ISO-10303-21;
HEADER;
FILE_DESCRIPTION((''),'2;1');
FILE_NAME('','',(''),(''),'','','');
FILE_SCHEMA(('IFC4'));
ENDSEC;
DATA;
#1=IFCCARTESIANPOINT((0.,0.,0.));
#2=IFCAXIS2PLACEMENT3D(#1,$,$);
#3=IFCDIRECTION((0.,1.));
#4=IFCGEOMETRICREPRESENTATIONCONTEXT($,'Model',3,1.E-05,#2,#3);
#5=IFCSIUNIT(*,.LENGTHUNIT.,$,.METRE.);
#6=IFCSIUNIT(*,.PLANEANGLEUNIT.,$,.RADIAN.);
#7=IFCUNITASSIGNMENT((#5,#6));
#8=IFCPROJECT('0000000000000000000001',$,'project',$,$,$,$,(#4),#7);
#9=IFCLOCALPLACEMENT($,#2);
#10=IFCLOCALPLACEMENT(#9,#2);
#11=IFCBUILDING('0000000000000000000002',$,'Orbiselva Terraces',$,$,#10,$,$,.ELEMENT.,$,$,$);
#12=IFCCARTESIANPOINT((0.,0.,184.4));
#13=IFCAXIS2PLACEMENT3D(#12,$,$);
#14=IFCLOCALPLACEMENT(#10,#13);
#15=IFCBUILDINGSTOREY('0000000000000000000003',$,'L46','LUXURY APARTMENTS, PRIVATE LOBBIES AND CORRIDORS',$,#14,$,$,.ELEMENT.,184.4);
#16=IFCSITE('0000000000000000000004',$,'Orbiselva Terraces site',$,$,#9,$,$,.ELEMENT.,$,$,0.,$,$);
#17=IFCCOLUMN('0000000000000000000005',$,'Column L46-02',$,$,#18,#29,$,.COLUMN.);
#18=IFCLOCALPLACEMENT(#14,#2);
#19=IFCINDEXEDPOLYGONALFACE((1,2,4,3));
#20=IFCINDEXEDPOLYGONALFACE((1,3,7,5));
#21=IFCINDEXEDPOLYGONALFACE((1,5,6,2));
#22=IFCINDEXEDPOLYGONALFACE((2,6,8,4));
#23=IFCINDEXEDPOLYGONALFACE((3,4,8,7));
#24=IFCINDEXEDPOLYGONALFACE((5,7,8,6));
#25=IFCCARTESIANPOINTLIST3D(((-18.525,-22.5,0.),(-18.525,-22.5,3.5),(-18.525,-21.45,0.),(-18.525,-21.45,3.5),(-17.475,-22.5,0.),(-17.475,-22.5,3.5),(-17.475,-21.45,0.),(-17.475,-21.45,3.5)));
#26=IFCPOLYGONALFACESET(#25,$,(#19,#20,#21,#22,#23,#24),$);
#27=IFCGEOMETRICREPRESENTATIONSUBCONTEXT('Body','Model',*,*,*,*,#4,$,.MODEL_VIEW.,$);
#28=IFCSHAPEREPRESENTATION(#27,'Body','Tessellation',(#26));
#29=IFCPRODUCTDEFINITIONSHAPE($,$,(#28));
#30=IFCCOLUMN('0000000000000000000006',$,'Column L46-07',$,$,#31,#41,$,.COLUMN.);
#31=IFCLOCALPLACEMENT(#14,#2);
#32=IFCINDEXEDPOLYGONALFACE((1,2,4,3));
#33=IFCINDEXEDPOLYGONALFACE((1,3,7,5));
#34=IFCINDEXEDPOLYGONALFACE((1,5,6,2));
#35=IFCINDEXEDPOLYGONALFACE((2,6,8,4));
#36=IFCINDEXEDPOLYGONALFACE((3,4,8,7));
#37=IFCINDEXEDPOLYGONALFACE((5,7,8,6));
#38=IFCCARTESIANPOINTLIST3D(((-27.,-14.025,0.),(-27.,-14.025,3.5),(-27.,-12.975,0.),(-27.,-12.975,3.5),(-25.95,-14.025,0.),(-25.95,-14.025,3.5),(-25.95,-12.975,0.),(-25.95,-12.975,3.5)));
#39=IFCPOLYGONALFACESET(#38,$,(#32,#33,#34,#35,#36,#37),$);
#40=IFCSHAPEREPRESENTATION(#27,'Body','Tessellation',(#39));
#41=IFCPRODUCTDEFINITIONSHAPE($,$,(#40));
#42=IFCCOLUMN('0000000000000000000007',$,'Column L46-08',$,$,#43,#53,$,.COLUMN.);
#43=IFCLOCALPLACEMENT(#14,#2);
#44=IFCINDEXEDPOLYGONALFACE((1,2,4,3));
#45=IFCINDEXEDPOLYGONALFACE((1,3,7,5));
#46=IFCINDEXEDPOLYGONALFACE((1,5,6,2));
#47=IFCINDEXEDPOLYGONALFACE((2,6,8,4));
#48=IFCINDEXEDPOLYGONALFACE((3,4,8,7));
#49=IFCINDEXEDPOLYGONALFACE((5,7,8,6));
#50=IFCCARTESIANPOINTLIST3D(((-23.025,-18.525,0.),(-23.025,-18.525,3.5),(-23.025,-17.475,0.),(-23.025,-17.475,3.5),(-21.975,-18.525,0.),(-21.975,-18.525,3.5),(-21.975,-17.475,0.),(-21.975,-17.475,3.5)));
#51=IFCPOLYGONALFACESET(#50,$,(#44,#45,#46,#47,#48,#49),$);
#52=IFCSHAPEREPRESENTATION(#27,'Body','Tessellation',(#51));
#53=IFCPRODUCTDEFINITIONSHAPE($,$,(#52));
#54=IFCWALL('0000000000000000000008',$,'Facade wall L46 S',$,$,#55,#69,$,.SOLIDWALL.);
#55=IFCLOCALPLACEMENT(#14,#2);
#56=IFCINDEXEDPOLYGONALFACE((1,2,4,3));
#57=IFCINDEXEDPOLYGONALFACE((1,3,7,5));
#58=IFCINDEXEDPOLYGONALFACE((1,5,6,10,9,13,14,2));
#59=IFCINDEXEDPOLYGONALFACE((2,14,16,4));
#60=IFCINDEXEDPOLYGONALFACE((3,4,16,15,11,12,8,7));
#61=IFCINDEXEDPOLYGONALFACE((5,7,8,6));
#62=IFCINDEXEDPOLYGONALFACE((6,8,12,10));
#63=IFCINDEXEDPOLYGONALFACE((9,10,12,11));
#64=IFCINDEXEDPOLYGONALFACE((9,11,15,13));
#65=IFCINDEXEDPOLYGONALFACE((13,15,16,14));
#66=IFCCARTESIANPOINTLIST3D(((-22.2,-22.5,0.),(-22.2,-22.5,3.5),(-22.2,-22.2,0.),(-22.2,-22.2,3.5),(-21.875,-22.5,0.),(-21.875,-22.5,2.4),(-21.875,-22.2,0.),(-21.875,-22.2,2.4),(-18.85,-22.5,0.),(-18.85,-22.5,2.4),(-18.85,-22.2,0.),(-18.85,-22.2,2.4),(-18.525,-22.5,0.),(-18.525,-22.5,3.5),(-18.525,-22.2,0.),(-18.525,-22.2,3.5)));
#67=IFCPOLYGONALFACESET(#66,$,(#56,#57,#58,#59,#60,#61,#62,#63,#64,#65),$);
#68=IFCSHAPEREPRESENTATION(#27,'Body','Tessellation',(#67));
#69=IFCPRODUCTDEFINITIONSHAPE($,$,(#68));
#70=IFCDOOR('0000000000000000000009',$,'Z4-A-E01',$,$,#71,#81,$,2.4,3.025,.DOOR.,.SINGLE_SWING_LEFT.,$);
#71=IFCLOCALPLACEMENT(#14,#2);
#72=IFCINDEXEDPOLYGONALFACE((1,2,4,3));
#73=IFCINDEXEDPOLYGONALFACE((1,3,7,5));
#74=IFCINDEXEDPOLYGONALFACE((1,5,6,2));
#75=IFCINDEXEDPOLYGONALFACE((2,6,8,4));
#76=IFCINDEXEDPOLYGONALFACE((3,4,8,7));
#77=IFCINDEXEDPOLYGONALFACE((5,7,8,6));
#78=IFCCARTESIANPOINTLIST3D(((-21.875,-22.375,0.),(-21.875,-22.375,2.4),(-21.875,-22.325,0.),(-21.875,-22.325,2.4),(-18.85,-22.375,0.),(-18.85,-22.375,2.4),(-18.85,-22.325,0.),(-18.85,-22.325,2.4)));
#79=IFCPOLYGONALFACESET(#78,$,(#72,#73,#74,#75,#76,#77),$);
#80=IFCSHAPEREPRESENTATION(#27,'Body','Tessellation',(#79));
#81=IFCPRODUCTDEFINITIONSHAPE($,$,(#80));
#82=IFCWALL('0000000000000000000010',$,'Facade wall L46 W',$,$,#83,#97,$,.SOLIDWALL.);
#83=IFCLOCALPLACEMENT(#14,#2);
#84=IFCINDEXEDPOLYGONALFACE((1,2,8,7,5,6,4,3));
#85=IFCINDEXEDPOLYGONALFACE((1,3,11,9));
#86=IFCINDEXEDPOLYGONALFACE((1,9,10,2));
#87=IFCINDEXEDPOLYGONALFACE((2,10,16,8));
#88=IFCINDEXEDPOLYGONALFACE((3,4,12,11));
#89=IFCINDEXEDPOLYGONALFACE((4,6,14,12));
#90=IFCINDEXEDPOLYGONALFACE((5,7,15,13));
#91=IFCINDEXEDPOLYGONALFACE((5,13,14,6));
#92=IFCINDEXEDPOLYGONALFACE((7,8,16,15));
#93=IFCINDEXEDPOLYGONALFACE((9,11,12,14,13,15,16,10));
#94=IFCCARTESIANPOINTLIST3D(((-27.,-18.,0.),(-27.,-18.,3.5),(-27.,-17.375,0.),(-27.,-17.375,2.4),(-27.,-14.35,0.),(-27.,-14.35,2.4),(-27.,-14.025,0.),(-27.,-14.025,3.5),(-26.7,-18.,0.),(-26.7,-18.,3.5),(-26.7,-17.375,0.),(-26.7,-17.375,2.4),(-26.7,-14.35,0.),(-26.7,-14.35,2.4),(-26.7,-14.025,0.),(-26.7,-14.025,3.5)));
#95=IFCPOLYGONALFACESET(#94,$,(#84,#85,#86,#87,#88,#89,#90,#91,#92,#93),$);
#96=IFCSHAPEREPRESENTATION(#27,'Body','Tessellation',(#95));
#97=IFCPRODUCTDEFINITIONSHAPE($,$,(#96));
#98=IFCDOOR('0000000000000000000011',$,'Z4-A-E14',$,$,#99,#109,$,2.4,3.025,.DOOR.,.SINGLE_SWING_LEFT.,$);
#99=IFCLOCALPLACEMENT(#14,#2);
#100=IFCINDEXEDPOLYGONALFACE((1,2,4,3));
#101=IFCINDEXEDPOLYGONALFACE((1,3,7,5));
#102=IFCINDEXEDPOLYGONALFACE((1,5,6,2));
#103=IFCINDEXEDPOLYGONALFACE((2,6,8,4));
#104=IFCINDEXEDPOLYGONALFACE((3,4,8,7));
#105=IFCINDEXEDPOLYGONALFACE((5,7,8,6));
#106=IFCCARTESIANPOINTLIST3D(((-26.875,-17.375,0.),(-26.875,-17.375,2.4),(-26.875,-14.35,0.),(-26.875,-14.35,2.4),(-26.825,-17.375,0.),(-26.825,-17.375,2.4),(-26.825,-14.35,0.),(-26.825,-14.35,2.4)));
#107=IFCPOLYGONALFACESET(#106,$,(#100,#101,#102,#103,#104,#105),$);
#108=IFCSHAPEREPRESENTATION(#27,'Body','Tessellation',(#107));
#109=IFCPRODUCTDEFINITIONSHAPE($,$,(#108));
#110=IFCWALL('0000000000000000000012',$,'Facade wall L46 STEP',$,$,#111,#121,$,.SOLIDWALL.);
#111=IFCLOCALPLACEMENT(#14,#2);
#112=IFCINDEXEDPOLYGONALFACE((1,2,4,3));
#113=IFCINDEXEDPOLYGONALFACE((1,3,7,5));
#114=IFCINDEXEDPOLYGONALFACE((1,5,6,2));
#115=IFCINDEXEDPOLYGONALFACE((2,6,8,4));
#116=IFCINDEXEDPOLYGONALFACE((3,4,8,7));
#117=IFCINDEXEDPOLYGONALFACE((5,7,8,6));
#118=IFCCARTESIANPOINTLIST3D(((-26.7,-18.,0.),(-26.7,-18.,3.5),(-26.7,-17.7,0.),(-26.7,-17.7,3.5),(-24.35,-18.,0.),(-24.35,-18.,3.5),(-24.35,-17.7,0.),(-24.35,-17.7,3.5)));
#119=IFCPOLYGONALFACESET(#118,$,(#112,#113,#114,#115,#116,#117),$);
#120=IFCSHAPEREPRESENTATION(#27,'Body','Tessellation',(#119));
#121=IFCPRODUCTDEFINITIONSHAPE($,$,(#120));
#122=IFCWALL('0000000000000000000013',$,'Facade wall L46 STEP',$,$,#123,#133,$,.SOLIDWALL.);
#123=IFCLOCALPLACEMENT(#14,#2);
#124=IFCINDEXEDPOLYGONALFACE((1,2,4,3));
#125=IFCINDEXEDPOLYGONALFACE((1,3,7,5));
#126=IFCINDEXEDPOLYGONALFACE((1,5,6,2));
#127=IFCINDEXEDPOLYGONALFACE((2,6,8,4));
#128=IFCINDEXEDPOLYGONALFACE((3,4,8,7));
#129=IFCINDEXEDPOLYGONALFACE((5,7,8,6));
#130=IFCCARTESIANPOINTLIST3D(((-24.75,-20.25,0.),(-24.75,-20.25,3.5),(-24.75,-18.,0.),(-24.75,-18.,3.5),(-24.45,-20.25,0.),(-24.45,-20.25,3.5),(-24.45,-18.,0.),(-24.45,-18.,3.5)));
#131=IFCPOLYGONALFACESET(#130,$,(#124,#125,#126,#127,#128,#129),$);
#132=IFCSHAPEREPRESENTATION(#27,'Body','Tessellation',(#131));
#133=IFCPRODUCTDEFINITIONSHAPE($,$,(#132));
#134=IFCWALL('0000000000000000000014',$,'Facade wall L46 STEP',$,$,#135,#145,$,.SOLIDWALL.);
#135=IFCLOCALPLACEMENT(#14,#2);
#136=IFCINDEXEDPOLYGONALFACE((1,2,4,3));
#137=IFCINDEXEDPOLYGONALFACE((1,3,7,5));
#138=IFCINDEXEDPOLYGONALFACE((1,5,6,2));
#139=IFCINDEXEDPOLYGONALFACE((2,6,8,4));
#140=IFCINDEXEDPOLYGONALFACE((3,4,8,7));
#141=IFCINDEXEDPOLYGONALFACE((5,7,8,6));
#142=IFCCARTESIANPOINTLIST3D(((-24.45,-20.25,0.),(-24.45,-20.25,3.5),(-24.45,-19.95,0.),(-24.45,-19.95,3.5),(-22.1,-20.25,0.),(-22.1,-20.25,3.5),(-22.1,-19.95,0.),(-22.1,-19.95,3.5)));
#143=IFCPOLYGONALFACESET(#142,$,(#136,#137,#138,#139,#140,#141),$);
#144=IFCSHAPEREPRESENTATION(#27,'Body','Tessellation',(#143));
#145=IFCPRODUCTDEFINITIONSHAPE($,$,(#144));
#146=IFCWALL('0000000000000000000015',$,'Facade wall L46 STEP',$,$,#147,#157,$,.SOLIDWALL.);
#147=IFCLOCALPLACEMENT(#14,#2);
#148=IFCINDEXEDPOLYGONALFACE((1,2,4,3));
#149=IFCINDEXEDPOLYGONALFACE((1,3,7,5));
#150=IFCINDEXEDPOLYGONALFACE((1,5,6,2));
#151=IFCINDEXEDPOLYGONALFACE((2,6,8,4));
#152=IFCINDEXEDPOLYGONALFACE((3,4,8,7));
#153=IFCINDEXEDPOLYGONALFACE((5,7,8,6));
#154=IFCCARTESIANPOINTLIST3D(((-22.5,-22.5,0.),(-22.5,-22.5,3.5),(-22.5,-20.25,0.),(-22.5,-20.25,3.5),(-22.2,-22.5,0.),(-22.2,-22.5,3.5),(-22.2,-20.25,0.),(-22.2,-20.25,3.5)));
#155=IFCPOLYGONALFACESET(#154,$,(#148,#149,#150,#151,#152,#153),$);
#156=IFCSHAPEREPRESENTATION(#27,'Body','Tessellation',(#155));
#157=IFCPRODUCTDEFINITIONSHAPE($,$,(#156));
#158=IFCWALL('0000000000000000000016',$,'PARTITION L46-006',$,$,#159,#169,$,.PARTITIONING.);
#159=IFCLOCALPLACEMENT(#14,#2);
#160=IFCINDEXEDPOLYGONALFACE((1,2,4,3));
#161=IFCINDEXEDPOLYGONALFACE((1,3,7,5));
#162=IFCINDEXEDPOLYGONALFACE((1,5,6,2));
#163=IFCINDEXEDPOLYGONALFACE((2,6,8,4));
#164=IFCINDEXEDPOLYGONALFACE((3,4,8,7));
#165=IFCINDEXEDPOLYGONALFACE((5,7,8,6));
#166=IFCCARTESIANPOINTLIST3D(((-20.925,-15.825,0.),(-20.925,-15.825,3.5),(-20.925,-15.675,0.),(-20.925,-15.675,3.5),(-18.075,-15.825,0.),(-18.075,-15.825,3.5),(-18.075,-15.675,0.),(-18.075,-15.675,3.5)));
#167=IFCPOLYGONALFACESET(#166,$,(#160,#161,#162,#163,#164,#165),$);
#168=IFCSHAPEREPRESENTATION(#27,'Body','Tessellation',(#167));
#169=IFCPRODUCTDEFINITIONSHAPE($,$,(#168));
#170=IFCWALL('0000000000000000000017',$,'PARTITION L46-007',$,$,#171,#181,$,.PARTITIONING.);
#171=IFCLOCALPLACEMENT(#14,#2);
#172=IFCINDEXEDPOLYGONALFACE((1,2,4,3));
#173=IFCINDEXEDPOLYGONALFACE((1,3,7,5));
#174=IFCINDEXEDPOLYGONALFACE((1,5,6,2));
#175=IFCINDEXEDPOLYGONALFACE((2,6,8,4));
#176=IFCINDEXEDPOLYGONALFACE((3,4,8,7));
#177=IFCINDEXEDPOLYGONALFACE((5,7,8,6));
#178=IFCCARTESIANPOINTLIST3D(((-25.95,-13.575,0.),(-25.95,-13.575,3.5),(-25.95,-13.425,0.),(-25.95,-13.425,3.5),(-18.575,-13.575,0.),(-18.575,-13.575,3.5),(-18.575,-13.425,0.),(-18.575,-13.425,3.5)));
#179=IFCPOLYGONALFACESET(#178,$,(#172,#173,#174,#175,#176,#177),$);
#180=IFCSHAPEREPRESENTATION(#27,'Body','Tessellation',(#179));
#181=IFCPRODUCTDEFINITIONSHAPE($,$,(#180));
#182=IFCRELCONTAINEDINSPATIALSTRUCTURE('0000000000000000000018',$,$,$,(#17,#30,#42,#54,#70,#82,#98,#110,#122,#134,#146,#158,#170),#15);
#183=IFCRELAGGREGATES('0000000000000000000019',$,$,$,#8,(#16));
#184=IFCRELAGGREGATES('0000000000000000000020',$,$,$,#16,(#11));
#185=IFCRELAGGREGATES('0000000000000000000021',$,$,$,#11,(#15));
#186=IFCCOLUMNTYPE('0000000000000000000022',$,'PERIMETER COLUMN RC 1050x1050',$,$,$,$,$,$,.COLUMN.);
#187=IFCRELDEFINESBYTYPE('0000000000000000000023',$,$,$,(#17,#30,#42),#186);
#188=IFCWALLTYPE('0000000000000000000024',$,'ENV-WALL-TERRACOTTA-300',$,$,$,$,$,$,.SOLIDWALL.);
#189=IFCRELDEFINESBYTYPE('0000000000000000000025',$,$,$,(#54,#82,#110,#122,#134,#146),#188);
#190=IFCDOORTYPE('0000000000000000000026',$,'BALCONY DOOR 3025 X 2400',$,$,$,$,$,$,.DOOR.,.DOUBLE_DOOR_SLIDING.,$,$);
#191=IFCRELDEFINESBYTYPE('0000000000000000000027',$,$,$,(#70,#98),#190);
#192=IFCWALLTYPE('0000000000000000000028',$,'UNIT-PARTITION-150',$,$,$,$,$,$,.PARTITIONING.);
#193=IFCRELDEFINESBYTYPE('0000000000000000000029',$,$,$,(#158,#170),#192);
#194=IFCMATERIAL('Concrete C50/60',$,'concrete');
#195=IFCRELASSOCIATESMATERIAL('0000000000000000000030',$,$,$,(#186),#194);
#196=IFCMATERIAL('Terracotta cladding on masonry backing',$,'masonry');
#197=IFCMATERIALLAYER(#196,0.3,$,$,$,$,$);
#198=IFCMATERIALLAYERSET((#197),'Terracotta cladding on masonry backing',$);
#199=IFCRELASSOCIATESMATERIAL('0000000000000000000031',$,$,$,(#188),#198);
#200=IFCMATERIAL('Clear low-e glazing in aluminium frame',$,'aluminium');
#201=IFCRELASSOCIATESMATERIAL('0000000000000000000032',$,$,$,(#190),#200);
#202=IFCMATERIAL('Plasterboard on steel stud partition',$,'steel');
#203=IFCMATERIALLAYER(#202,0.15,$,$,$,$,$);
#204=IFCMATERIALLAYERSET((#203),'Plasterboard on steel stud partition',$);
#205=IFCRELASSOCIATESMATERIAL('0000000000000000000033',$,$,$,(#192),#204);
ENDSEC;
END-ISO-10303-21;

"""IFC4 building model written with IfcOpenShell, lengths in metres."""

from ifc_helpers import new_model, si_unit, direction, frame, frame_2d, origin, origin_2d, place, context, subcontext, project, spatial, rectangle, extrude, material, layer, layer_set, material_profile, profile_set, type_object, element, fill, save


model = new_model("IFC4")

# Units and contexts
model_context = context("Model", 3, precision=1e-05, world=origin(), true_north=direction((0.0, 1.0)))
body_context = subcontext(model_context, "Body", "Model", "MODEL_VIEW")
ifc_project = project(units=[si_unit("LENGTHUNIT", "METRE"), si_unit("PLANEANGLEUNIT", "RADIAN")], contexts=[model_context])

# Site, building, storey
site_placement = place(None, origin())
site = spatial("IfcSite", under=ifc_project, at=site_placement, Name="Orbiselva Terraces site", CompositionType="ELEMENT", RefElevation=0.0)
building_placement = place(site_placement, origin())
building = spatial("IfcBuilding", under=site, at=building_placement, Name="Orbiselva Terraces", CompositionType="ELEMENT")
storey_placement = place(building_placement, frame((0.0, 0.0, 184.4)))
storey = spatial("IfcBuildingStorey", under=building, at=storey_placement, Name="L46", Description="LUXURY APARTMENTS, PRIVATE LOBBIES AND CORRIDORS", CompositionType="ELEMENT", Elevation=184.4)

# Columns
ifc_material_1 = material(Name="Concrete C50/60", Category="concrete")
ifc_material_profile = material_profile(ifc_material_1, rectangle(XDim=1.05, YDim=1.05, at=origin_2d()), Name="RC 1050x1050")
ifc_profile_set = profile_set([ifc_material_profile], Name="Concrete C50/60")
column_type = type_object("IfcColumnType", Name="PERIMETER COLUMN RC 1050x1050", PredefinedType="COLUMN", material=ifc_profile_set)
for number, where, z_axis, x_axis, name in (
    (1, (-18.0, -21.975, 0.0), (0.0, 0.0, 1.0), (1.0, 0.0, 0.0), "Column L46-02"),
    (2, (-26.475, -13.5, 0.0), (0.0, 0.0, 1.0), (1.0, 0.0, 0.0), "Column L46-07"),
    (3, (-22.5, -18.0, 0.0), (0.0, 0.0, 1.0), (1.0, 0.0, 0.0), "Column L46-08"),
):
    element("IfcColumn", number, at=place(storey_placement, frame(where, z_axis=z_axis, x_axis=x_axis)), inside=storey, type_object=column_type, Name=name, PredefinedType="COLUMN", context=body_context, shape_type="SweptSolid", body=[
        extrude(rectangle(XDim=1.05, YDim=1.05, at=origin_2d()), origin(), (0.0, 0.0, 1.0), 3.5),
    ])

# Walls, openings, doors
ifc_material_2 = material(Name="Terracotta cladding on masonry backing", Category="masonry")
ifc_layer_1 = layer(ifc_material_2, 0.3)
ifc_layer_set_1 = layer_set([ifc_layer_1], Name="Terracotta cladding on masonry backing")
wall_type_1 = type_object("IfcWallType", Name="ENV-WALL-TERRACOTTA-300", PredefinedType="SOLIDWALL", material=ifc_layer_set_1)
wall_1_placement = place(storey_placement, frame((-18.525, -22.35, 0.0), z_axis=(0.0, 0.0, 1.0), x_axis=(-1.0, 0.0, 0.0)))
wall_1 = element("IfcWall", 4, at=wall_1_placement, inside=storey, type_object=wall_type_1, Name="Facade wall L46 S", PredefinedType="SOLIDWALL", context=body_context, shape_type="SweptSolid", body=[
    extrude(rectangle(XDim=3.675, YDim=0.3, at=frame_2d((1.8375, 0.0))), origin(), (0.0, 0.0, 1.0), 3.5),
])
opening_1_placement = place(wall_1_placement, frame((0.325, 0.0, 0.0)))
opening_1 = element("IfcOpeningElement", 5, at=opening_1_placement, cuts=wall_1, PredefinedType="OPENING", context=body_context, shape_type="SweptSolid", body=[
    extrude(rectangle(XDim=3.025, YDim=2.4, at=frame_2d((1.5125, 1.2))), frame((0.0, 0.16, 0.0), z_axis=(0.0, -1.0, 0.0), x_axis=(1.0, 0.0, 0.0)), (0.0, 0.0, 1.0), 0.32),
])
ifc_material_3 = material(Name="Clear low-e glazing in aluminium frame", Category="aluminium")
door_type_1 = type_object("IfcDoorType", Name="BALCONY DOOR 3025 X 2400", OperationType="DOUBLE_DOOR_SLIDING", PredefinedType="DOOR", material=ifc_material_3)
door_1_placement = place(opening_1_placement, origin())
door_1 = element("IfcDoor", 6, at=door_1_placement, inside=storey, type_object=door_type_1, Name="Z4-A-E01", OperationType="SINGLE_SWING_LEFT", OverallHeight=2.4, OverallWidth=3.025, PredefinedType="DOOR", context=body_context, shape_type="SweptSolid", body=[
    extrude(rectangle(XDim=3.025, YDim=2.4, at=frame_2d((1.5125, 1.2))), frame((0.0, 0.025, 0.0), z_axis=(0.0, -1.0, 0.0), x_axis=(1.0, 0.0, 0.0)), (0.0, 0.0, 1.0), 0.05),
])
fill(opening_1, door_1)
wall_2_placement = place(storey_placement, frame((-26.85, -18.0, 0.0), z_axis=(0.0, 0.0, 1.0), x_axis=(0.0, 1.0, 0.0)))
wall_2 = element("IfcWall", 7, at=wall_2_placement, inside=storey, type_object=wall_type_1, Name="Facade wall L46 W", PredefinedType="SOLIDWALL", context=body_context, shape_type="SweptSolid", body=[
    extrude(rectangle(XDim=3.975, YDim=0.3, at=frame_2d((1.9875, 0.0))), origin(), (0.0, 0.0, 1.0), 3.5),
])
opening_2_placement = place(wall_2_placement, frame((0.625, 0.0, 0.0)))
opening_2 = element("IfcOpeningElement", 8, at=opening_2_placement, cuts=wall_2, PredefinedType="OPENING", context=body_context, shape_type="SweptSolid", body=[
    extrude(rectangle(XDim=3.025, YDim=2.4, at=frame_2d((1.5125, 1.2))), frame((0.0, 0.16, 0.0), z_axis=(0.0, -1.0, 0.0), x_axis=(1.0, 0.0, 0.0)), (0.0, 0.0, 1.0), 0.32),
])
door_2_placement = place(opening_2_placement, origin())
door_2 = element("IfcDoor", 9, at=door_2_placement, inside=storey, type_object=door_type_1, Name="Z4-A-E14", OperationType="SINGLE_SWING_LEFT", OverallHeight=2.4, OverallWidth=3.025, PredefinedType="DOOR", context=body_context, shape_type="SweptSolid", body=[
    extrude(rectangle(XDim=3.025, YDim=2.4, at=frame_2d((1.5125, 1.2))), frame((0.0, 0.025, 0.0), z_axis=(0.0, -1.0, 0.0), x_axis=(1.0, 0.0, 0.0)), (0.0, 0.0, 1.0), 0.05),
])
fill(opening_2, door_2)

# Walls
wall_3_placement = place(storey_placement, frame((-24.35, -17.85, 0.0), z_axis=(0.0, 0.0, 1.0), x_axis=(-1.0, 0.0, 0.0)))
element("IfcWall", 10, at=wall_3_placement, inside=storey, type_object=wall_type_1, Name="Facade wall L46 STEP", PredefinedType="SOLIDWALL", context=body_context, shape_type="SweptSolid", body=[
    extrude(rectangle(XDim=2.35, YDim=0.3, at=frame_2d((1.175, 0.0))), origin(), (0.0, 0.0, 1.0), 3.5),
])
wall_4_placement = place(storey_placement, frame((-24.6, -20.25, 0.0), z_axis=(0.0, 0.0, 1.0), x_axis=(0.0, 1.0, 0.0)))
element("IfcWall", 11, at=wall_4_placement, inside=storey, type_object=wall_type_1, Name="Facade wall L46 STEP", PredefinedType="SOLIDWALL", context=body_context, shape_type="SweptSolid", body=[
    extrude(rectangle(XDim=2.25, YDim=0.3, at=frame_2d((1.125, 0.0))), origin(), (0.0, 0.0, 1.0), 3.5),
])
wall_5_placement = place(storey_placement, frame((-22.1, -20.1, 0.0), z_axis=(0.0, 0.0, 1.0), x_axis=(-1.0, 0.0, 0.0)))
element("IfcWall", 12, at=wall_5_placement, inside=storey, type_object=wall_type_1, Name="Facade wall L46 STEP", PredefinedType="SOLIDWALL", context=body_context, shape_type="SweptSolid", body=[
    extrude(rectangle(XDim=2.35, YDim=0.3, at=frame_2d((1.175, 0.0))), origin(), (0.0, 0.0, 1.0), 3.5),
])
wall_6_placement = place(storey_placement, frame((-22.35, -22.5, 0.0), z_axis=(0.0, 0.0, 1.0), x_axis=(0.0, 1.0, 0.0)))
element("IfcWall", 13, at=wall_6_placement, inside=storey, type_object=wall_type_1, Name="Facade wall L46 STEP", PredefinedType="SOLIDWALL", context=body_context, shape_type="SweptSolid", body=[
    extrude(rectangle(XDim=2.25, YDim=0.3, at=frame_2d((1.125, 0.0))), origin(), (0.0, 0.0, 1.0), 3.5),
])
ifc_material_4 = material(Name="Plasterboard on steel stud partition", Category="steel")
ifc_layer_2 = layer(ifc_material_4, 0.15)
ifc_layer_set_2 = layer_set([ifc_layer_2], Name="Plasterboard on steel stud partition")
wall_type_2 = type_object("IfcWallType", Name="UNIT-PARTITION-150", PredefinedType="PARTITIONING", material=ifc_layer_set_2)
wall_7_placement = place(storey_placement, frame((-20.925, -15.75, 0.0), z_axis=(0.0, 0.0, 1.0), x_axis=(1.0, 0.0, 0.0)))
element("IfcWall", 14, at=wall_7_placement, inside=storey, type_object=wall_type_2, Name="PARTITION L46-006", PredefinedType="PARTITIONING", context=body_context, shape_type="SweptSolid", body=[
    extrude(rectangle(XDim=2.85, YDim=0.15, at=frame_2d((1.425, 0.0))), origin(), (0.0, 0.0, 1.0), 3.5),
])
wall_8_placement = place(storey_placement, frame((-25.95, -13.5, 0.0), z_axis=(0.0, 0.0, 1.0), x_axis=(1.0, 0.0, 0.0)))
element("IfcWall", 15, at=wall_8_placement, inside=storey, type_object=wall_type_2, Name="PARTITION L46-007", PredefinedType="PARTITIONING", context=body_context, shape_type="SweptSolid", body=[
    extrude(rectangle(XDim=7.375, YDim=0.15, at=frame_2d((3.6875, 0.0))), origin(), (0.0, 0.0, 1.0), 3.5),
])

save(model, "model.ifc")
